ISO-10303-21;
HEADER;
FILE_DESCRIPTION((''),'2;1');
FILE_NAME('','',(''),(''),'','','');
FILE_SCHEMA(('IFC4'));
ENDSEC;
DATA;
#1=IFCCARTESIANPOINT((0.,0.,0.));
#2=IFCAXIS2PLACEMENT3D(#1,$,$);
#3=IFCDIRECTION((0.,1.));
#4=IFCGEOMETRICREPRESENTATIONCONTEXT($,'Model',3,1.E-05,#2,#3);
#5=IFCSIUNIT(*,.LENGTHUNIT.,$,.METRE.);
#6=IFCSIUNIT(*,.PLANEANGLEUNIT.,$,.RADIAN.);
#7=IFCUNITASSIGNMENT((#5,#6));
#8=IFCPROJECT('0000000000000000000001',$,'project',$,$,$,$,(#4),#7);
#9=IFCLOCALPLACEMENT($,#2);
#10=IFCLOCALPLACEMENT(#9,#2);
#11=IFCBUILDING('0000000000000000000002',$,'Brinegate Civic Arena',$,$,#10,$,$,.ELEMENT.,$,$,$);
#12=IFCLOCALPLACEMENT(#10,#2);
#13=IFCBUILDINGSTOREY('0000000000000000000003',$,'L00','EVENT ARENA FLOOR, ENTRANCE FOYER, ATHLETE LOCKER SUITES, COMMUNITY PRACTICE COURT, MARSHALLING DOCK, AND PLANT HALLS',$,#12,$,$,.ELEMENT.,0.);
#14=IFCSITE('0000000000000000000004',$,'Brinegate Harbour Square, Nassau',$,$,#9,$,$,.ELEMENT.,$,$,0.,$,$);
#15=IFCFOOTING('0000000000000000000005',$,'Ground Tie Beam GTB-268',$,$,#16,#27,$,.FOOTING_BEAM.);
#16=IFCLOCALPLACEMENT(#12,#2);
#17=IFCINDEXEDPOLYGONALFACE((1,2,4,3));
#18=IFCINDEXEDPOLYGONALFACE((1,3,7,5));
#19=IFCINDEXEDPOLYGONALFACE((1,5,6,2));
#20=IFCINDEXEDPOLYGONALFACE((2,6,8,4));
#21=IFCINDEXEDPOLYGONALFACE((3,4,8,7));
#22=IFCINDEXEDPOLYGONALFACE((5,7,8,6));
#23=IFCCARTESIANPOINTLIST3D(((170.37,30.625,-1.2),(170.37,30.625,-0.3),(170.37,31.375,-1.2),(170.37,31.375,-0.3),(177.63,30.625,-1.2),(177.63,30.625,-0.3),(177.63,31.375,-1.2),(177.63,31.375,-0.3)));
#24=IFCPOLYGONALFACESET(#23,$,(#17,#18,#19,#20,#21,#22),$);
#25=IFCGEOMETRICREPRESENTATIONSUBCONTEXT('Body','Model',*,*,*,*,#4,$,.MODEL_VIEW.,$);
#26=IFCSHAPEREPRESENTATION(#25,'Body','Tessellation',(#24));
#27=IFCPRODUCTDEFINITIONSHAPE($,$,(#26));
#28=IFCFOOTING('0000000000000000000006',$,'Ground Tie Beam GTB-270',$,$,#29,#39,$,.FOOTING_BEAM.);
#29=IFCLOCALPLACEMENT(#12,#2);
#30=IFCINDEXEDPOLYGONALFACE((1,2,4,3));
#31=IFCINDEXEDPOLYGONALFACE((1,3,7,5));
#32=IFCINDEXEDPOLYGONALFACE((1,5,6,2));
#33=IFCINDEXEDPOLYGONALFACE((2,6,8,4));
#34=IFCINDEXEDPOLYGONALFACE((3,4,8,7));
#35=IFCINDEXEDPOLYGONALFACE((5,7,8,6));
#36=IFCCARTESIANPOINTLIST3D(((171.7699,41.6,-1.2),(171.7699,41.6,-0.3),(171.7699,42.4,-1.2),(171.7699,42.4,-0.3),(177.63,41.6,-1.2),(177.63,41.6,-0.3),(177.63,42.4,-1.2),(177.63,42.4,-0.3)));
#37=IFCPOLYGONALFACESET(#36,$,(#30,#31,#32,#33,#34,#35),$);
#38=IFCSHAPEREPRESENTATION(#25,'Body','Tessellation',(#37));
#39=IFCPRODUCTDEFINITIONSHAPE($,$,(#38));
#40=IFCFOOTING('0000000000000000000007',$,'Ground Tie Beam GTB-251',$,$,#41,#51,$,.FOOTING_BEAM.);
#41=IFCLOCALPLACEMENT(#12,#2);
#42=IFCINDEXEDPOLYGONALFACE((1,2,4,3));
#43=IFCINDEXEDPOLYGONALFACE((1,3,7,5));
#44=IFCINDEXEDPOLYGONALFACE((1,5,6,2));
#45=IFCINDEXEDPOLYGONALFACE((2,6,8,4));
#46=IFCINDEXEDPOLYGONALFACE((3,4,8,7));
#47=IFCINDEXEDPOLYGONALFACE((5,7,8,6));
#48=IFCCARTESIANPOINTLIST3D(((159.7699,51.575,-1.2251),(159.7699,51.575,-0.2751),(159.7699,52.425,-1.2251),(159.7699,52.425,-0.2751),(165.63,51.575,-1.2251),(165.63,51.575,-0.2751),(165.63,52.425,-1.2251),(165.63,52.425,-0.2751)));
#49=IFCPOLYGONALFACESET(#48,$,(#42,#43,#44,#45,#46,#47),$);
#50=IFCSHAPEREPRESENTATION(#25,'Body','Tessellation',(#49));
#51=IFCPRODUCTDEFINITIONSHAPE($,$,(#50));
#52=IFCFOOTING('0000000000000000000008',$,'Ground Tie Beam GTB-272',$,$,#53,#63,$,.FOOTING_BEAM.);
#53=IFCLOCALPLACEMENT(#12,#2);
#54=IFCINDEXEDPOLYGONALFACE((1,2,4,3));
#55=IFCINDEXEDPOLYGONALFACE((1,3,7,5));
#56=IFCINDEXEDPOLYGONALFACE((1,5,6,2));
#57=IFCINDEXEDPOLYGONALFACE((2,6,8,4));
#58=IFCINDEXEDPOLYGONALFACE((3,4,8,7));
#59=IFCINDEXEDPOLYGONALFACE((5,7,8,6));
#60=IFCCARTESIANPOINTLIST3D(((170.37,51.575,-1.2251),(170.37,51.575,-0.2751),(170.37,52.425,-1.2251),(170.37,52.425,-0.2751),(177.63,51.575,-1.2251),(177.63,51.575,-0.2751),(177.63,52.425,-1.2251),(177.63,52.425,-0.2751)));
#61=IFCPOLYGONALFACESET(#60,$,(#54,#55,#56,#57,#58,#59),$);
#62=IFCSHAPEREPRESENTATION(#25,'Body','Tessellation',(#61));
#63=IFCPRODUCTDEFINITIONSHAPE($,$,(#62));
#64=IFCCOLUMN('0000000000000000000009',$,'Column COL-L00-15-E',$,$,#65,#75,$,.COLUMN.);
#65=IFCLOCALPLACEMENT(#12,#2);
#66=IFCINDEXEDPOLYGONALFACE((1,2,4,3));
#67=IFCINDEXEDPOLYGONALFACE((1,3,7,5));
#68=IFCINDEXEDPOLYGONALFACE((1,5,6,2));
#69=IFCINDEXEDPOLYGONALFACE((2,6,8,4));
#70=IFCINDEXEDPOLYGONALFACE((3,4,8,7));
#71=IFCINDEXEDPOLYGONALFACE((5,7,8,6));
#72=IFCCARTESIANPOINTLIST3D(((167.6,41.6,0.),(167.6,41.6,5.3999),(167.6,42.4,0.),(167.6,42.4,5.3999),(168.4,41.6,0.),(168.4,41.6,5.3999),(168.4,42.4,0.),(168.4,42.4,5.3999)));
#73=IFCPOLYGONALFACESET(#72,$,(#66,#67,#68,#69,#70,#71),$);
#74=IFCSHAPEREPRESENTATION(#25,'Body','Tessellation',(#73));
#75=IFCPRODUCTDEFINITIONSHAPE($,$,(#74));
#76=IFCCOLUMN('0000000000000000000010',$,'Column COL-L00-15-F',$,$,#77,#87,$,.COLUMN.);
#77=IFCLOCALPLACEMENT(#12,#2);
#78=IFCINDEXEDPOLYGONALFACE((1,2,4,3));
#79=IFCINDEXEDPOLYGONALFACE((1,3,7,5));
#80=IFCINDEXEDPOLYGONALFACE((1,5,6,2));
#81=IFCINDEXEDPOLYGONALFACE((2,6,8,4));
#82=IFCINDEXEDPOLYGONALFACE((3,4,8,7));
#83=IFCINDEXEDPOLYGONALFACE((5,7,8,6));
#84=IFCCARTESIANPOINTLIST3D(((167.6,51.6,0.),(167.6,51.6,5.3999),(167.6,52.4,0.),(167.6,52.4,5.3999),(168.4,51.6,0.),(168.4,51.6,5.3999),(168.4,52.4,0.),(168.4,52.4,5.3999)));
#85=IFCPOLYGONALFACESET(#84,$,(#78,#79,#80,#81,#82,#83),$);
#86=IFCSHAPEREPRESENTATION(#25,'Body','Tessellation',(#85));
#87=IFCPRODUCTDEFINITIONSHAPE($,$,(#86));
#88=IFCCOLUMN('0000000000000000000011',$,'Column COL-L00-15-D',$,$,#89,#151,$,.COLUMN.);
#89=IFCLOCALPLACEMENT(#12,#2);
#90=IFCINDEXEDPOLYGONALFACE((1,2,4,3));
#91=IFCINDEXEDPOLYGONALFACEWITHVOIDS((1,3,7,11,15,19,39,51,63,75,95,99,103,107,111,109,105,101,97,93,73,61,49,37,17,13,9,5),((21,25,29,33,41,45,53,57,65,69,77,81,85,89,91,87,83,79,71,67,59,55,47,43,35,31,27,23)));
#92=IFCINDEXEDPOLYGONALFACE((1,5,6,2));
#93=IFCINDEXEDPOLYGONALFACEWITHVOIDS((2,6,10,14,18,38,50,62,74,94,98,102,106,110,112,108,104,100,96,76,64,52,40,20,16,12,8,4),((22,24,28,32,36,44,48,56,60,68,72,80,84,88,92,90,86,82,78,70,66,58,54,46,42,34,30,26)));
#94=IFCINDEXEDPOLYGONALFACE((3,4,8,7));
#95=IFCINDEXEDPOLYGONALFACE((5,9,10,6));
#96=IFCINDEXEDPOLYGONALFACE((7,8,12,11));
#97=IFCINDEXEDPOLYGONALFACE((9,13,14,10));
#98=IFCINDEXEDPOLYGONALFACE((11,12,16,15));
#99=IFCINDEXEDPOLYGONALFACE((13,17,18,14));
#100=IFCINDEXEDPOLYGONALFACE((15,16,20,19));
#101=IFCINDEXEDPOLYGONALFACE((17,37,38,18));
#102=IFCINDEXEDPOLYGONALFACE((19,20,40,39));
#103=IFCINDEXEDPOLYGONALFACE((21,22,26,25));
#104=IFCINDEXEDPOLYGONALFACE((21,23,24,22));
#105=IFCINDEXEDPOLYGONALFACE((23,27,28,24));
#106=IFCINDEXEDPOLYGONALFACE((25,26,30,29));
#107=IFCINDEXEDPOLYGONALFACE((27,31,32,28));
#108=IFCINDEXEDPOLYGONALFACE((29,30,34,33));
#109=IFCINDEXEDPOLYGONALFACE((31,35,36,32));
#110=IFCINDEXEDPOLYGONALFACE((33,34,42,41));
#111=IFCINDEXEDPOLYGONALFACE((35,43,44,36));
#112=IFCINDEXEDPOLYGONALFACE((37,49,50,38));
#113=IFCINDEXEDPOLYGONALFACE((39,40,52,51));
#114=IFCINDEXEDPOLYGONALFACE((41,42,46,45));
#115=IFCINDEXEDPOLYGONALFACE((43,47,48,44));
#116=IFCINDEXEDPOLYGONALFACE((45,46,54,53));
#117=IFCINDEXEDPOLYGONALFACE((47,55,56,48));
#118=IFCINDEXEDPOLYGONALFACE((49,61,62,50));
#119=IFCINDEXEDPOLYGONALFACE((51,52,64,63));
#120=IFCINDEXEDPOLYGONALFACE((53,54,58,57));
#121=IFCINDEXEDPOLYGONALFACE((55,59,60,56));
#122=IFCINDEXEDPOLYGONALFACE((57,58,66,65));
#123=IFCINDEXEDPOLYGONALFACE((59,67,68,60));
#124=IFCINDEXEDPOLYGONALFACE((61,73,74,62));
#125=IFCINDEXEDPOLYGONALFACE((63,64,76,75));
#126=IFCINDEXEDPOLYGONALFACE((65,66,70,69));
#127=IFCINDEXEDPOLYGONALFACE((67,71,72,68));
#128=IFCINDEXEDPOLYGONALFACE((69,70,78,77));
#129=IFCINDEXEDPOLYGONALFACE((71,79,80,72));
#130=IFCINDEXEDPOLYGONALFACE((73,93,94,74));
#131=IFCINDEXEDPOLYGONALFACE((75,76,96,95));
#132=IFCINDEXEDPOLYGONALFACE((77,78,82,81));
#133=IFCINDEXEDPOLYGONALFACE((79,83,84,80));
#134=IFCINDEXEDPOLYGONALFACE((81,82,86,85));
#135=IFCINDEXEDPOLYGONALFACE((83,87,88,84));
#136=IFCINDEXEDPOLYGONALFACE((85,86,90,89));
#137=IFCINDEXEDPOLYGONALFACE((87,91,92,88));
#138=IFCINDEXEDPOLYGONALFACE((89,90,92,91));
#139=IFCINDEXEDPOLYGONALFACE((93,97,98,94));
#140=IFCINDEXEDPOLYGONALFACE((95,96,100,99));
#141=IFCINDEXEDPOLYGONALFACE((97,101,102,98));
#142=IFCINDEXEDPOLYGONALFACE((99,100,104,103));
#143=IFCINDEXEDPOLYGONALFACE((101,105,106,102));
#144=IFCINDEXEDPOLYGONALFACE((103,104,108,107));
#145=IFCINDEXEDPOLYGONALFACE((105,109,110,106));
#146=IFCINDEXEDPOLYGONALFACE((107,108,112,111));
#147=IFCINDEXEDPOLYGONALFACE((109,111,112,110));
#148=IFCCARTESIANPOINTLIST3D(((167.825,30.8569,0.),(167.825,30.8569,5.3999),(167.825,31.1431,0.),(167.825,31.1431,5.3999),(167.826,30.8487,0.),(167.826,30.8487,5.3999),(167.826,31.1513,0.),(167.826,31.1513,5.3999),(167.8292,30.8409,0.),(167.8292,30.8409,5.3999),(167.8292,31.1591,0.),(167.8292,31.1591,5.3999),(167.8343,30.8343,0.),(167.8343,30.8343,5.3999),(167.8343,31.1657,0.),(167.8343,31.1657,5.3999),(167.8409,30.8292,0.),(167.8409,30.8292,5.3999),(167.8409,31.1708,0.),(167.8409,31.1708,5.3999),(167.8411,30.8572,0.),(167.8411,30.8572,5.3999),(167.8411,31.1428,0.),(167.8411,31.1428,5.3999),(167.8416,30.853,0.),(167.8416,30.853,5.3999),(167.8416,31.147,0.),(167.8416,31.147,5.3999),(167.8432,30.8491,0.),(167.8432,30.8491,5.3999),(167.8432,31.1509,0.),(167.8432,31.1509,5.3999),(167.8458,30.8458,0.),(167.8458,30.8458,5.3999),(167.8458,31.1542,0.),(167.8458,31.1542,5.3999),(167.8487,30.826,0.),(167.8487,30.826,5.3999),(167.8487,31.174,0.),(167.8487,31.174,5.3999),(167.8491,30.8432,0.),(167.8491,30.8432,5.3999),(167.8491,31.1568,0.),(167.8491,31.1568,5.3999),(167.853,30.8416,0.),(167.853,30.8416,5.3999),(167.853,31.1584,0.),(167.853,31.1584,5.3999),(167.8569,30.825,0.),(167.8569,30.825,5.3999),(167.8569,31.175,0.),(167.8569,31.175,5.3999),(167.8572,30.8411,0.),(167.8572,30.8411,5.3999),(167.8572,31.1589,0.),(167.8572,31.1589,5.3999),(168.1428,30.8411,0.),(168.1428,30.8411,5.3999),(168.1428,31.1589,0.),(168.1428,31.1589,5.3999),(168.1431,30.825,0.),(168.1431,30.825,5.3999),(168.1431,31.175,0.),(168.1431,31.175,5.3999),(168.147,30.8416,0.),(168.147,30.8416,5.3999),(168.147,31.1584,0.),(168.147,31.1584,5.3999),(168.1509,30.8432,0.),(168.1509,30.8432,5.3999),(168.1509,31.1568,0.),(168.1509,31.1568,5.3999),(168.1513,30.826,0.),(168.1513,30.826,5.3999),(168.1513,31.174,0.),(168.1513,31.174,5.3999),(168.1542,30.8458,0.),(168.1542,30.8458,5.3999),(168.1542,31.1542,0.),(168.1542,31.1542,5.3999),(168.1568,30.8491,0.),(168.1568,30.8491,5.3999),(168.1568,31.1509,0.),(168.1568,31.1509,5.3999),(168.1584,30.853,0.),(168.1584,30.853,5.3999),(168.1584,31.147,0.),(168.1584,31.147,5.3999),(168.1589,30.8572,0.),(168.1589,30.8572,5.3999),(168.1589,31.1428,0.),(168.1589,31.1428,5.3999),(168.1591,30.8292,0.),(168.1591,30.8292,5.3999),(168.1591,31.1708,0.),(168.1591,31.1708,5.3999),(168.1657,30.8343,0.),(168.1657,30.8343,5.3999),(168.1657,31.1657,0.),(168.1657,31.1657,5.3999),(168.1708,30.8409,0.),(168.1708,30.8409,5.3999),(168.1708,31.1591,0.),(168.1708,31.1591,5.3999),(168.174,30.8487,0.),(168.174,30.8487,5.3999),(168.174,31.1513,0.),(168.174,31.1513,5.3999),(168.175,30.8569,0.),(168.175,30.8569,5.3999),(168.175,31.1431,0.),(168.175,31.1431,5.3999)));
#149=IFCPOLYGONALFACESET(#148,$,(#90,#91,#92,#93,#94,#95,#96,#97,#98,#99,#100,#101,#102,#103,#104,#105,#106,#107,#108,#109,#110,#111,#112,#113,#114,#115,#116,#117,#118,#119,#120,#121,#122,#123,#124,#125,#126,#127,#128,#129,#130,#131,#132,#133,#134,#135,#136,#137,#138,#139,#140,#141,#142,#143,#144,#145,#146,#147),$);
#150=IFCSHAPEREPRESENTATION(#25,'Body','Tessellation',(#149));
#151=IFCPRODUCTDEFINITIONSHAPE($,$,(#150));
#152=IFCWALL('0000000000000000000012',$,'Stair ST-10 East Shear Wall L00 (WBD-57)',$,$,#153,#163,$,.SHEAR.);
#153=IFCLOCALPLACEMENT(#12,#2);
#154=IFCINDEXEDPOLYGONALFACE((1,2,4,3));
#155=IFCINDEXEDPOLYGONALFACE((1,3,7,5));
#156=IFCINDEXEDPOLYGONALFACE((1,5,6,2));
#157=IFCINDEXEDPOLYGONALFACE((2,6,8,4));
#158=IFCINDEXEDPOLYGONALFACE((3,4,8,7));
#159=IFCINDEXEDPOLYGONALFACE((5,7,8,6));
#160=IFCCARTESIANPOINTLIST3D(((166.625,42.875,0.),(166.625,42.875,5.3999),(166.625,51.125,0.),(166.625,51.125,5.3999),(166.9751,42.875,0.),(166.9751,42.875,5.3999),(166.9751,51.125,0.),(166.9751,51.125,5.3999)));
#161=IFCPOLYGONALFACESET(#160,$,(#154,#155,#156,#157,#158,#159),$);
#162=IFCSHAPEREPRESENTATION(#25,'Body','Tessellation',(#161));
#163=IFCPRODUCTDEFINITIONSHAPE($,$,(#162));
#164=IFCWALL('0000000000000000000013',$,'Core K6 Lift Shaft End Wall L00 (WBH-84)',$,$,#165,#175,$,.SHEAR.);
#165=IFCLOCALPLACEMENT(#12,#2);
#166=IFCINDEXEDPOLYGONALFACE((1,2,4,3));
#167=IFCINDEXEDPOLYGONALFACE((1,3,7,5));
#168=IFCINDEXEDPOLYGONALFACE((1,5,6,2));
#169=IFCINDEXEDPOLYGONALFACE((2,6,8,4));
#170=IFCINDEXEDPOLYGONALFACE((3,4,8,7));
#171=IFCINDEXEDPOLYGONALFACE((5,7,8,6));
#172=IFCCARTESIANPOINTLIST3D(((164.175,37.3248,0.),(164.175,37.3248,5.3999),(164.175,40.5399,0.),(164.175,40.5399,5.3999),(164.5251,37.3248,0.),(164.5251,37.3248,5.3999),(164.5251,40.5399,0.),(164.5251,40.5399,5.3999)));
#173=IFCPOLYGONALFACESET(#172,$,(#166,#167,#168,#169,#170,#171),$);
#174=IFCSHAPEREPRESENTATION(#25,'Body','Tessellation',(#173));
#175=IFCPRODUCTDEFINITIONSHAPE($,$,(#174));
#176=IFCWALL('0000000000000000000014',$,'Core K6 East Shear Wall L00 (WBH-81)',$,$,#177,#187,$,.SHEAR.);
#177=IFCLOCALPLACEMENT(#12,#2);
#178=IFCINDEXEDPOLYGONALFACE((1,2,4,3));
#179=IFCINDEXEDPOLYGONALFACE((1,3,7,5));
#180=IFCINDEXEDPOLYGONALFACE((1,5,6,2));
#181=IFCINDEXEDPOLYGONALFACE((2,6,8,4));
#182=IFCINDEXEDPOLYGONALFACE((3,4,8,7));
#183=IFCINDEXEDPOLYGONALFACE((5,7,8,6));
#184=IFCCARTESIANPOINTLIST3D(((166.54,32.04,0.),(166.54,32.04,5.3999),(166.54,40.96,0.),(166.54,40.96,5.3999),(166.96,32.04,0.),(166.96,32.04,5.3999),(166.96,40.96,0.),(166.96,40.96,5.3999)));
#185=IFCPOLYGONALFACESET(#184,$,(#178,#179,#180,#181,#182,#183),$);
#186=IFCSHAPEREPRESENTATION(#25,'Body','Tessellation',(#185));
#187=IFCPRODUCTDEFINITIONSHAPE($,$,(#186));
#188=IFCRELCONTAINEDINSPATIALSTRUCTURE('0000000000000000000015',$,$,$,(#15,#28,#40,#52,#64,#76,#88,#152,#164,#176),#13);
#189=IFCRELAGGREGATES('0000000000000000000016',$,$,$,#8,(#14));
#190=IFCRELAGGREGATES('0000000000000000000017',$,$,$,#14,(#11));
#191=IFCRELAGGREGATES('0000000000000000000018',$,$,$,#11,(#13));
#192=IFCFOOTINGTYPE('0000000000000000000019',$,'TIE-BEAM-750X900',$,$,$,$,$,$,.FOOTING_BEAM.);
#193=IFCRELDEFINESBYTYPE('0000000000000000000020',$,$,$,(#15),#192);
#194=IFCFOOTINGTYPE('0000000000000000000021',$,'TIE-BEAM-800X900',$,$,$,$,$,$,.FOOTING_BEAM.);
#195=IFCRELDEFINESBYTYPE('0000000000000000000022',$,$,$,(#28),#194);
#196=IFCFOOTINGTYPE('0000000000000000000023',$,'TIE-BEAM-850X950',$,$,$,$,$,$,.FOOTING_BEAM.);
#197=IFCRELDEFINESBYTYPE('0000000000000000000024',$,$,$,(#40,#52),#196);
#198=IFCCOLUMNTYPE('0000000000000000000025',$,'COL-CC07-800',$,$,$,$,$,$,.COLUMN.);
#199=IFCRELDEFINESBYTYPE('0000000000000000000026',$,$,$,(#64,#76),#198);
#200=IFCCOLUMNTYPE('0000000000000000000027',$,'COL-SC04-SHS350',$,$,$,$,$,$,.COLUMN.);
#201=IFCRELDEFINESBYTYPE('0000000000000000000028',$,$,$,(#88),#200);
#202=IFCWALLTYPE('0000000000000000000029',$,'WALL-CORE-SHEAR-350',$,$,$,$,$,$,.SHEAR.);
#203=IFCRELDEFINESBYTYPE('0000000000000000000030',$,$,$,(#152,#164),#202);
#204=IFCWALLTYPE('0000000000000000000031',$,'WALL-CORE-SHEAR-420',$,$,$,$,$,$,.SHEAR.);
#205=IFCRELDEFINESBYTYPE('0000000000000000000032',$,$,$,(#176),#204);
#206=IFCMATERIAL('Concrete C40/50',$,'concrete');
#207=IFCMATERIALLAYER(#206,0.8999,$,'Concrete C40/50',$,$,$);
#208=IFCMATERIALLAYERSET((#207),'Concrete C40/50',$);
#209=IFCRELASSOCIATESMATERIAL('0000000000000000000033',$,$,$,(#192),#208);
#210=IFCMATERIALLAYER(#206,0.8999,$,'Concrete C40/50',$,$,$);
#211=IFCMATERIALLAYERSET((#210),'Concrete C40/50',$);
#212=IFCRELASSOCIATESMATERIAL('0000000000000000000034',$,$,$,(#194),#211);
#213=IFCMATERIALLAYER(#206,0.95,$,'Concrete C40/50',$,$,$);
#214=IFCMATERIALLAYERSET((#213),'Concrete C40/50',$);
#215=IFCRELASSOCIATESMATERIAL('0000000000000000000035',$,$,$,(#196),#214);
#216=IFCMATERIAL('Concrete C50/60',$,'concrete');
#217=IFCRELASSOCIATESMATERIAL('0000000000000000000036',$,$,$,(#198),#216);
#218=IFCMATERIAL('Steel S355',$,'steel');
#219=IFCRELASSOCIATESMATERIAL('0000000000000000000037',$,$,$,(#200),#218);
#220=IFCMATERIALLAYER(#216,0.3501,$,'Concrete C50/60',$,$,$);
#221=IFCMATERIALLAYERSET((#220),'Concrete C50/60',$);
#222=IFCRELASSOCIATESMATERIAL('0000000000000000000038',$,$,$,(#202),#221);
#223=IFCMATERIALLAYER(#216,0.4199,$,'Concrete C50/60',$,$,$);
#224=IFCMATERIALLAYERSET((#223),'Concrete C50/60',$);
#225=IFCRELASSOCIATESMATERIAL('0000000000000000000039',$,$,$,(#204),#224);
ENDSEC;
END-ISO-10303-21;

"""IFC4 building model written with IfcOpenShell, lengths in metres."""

from ifc_helpers import new_model, si_unit, direction, frame, frame_2d, origin, origin_2d, place, context, subcontext, project, spatial, rectangle, hollow_rectangle, extrude, material, layer, layer_set, material_profile, profile_set, type_object, element, save


model = new_model("IFC4")

# Units and contexts
model_context = context("Model", 3, precision=1e-05, world=origin(), true_north=direction((0.0, 1.0)))
body_context = subcontext(model_context, "Body", "Model", "MODEL_VIEW")
ifc_project = project(units=[si_unit("LENGTHUNIT", "METRE"), si_unit("PLANEANGLEUNIT", "RADIAN")], contexts=[model_context])

# Site, building, storey
site_placement = place(None, origin())
site = spatial("IfcSite", under=ifc_project, at=site_placement, Name="Brinegate Harbour Square, Nassau", CompositionType="ELEMENT", RefElevation=0.0)
building_placement = place(site_placement, origin())
building = spatial("IfcBuilding", under=site, at=building_placement, Name="Brinegate Civic Arena", CompositionType="ELEMENT")
storey_placement = place(building_placement, origin())
storey = spatial("IfcBuildingStorey", under=building, at=storey_placement, Name="L00", Description="EVENT ARENA FLOOR, ENTRANCE FOYER, ATHLETE LOCKER SUITES, COMMUNITY PRACTICE COURT, MARSHALLING DOCK, AND PLANT HALLS", CompositionType="ELEMENT", Elevation=0.0)

# Shared definitions
ifc_material_1 = material(Name="Concrete C40/50", Category="concrete")

# Footings
ifc_layer_1 = layer(ifc_material_1, 0.8999, Name="Concrete C40/50")
ifc_layer_set_1 = layer_set([ifc_layer_1], Name="Concrete C40/50")
footing_type_1 = type_object("IfcFootingType", Name="TIE-BEAM-750X900", PredefinedType="FOOTING_BEAM", material=ifc_layer_set_1)
footing_1_placement = place(storey_placement, frame((174.0, 31.0, -1.2), z_axis=(0.0, 0.0, 1.0), x_axis=(1.0, 0.0, 0.0)))
element("IfcFooting", 1, at=footing_1_placement, inside=storey, type_object=footing_type_1, Name="Ground Tie Beam GTB-268", PredefinedType="FOOTING_BEAM", context=body_context, shape_type="SweptSolid", body=[
    extrude(rectangle(XDim=7.26, YDim=0.75, at=origin_2d()), origin(), (0.0, 0.0, 1.0), 0.8999),
])
ifc_layer_2 = layer(ifc_material_1, 0.8999, Name="Concrete C40/50")
ifc_layer_set_2 = layer_set([ifc_layer_2], Name="Concrete C40/50")
footing_type_2 = type_object("IfcFootingType", Name="TIE-BEAM-800X900", PredefinedType="FOOTING_BEAM", material=ifc_layer_set_2)
footing_2_placement = place(storey_placement, frame((174.7, 42.0, -1.2), z_axis=(0.0, 0.0, 1.0), x_axis=(1.0, 0.0, 0.0)))
element("IfcFooting", 2, at=footing_2_placement, inside=storey, type_object=footing_type_2, Name="Ground Tie Beam GTB-270", PredefinedType="FOOTING_BEAM", context=body_context, shape_type="SweptSolid", body=[
    extrude(rectangle(XDim=5.8601, YDim=0.8, at=origin_2d()), origin(), (0.0, 0.0, 1.0), 0.8999),
])
ifc_layer_3 = layer(ifc_material_1, 0.95, Name="Concrete C40/50")
ifc_layer_set_3 = layer_set([ifc_layer_3], Name="Concrete C40/50")
footing_type_3 = type_object("IfcFootingType", Name="TIE-BEAM-850X950", PredefinedType="FOOTING_BEAM", material=ifc_layer_set_3)
footing_3_placement = place(storey_placement, frame((162.7, 52.0, -1.2251), z_axis=(0.0, 0.0, 1.0), x_axis=(1.0, 0.0, 0.0)))
element("IfcFooting", 3, at=footing_3_placement, inside=storey, type_object=footing_type_3, Name="Ground Tie Beam GTB-251", PredefinedType="FOOTING_BEAM", context=body_context, shape_type="SweptSolid", body=[
    extrude(rectangle(XDim=5.8601, YDim=0.8501, at=origin_2d()), origin(), (0.0, 0.0, 1.0), 0.95),
])
footing_4_placement = place(storey_placement, frame((174.0, 52.0, -1.2251), z_axis=(0.0, 0.0, 1.0), x_axis=(1.0, 0.0, 0.0)))
element("IfcFooting", 4, at=footing_4_placement, inside=storey, type_object=footing_type_3, Name="Ground Tie Beam GTB-272", PredefinedType="FOOTING_BEAM", context=body_context, shape_type="SweptSolid", body=[
    extrude(rectangle(XDim=7.26, YDim=0.8501, at=origin_2d()), origin(), (0.0, 0.0, 1.0), 0.95),
])

# Columns
ifc_material_2 = material(Name="Concrete C50/60", Category="concrete")
ifc_material_profile_1 = material_profile(ifc_material_2, rectangle(XDim=0.8, YDim=0.8, at=origin_2d()), Name="RC800X800")
ifc_profile_set_1 = profile_set([ifc_material_profile_1], Name="Concrete C50/60")
column_type_1 = type_object("IfcColumnType", Name="COL-CC07-800", PredefinedType="COLUMN", material=ifc_profile_set_1)
for number, where, z_axis, x_axis, name in (
    (5, (168.0, 42.0, 0.0), (0.0, 0.0, 1.0), (1.0, 0.0, 0.0), "Column COL-L00-15-E"),
    (6, (168.0, 52.0, 0.0), (0.0, 0.0, 1.0), (1.0, 0.0, 0.0), "Column COL-L00-15-F"),
):
    element("IfcColumn", number, at=place(storey_placement, frame(where, z_axis=z_axis, x_axis=x_axis)), inside=storey, type_object=column_type_1, Name=name, PredefinedType="COLUMN", context=body_context, shape_type="SweptSolid", body=[
        extrude(rectangle(XDim=0.8, YDim=0.8, at=origin_2d()), origin(), (0.0, 0.0, 1.0), 5.3999),
    ])
ifc_material_3 = material(Name="Steel S355", Category="steel")
ifc_material_profile_2 = material_profile(ifc_material_3, hollow_rectangle(XDim=0.3501, YDim=0.3501, WallThickness=0.0161, InnerFilletRadius=0.0161, OuterFilletRadius=0.032, at=origin_2d()), Name="SHS350X16")
ifc_profile_set_2 = profile_set([ifc_material_profile_2], Name="Steel S355")
column_type_2 = type_object("IfcColumnType", Name="COL-SC04-SHS350", PredefinedType="COLUMN", material=ifc_profile_set_2)
column_placement = place(storey_placement, frame((168.0, 31.0, 0.0), z_axis=(0.0, 0.0, 1.0), x_axis=(1.0, 0.0, 0.0)))
element("IfcColumn", 7, at=column_placement, inside=storey, type_object=column_type_2, Name="Column COL-L00-15-D", PredefinedType="COLUMN", context=body_context, shape_type="SweptSolid", body=[
    extrude(hollow_rectangle(XDim=0.3501, YDim=0.3501, WallThickness=0.0161, InnerFilletRadius=0.0161, OuterFilletRadius=0.032, at=origin_2d()), origin(), (0.0, 0.0, 1.0), 5.3999),
])

# Walls
ifc_layer_4 = layer(ifc_material_2, 0.3501, Name="Concrete C50/60")
ifc_layer_set_4 = layer_set([ifc_layer_4], Name="Concrete C50/60")
wall_type_1 = type_object("IfcWallType", Name="WALL-CORE-SHEAR-350", PredefinedType="SHEAR", material=ifc_layer_set_4)
wall_1_placement = place(storey_placement, frame((166.8, 42.875, 0.0), z_axis=(0.0, 0.0, 1.0), x_axis=(0.0, 1.0, 0.0)))
element("IfcWall", 8, at=wall_1_placement, inside=storey, type_object=wall_type_1, Name="Stair ST-10 East Shear Wall L00 (WBD-57)", PredefinedType="SHEAR", context=body_context, shape_type="SweptSolid", body=[
    extrude(rectangle(XDim=8.25, YDim=0.3501, at=frame_2d((4.125, 0.0))), origin(), (0.0, 0.0, 1.0), 5.3999),
])
wall_2_placement = place(storey_placement, frame((164.3501, 37.325, 0.0), z_axis=(0.0, 0.0, 1.0), x_axis=(0.0, 1.0, 0.0)))
element("IfcWall", 9, at=wall_2_placement, inside=storey, type_object=wall_type_1, Name="Core K6 Lift Shaft End Wall L00 (WBH-84)", PredefinedType="SHEAR", context=body_context, shape_type="SweptSolid", body=[
    extrude(rectangle(XDim=3.2151, YDim=0.3501, at=frame_2d((1.6074, 0.0))), origin(), (0.0, 0.0, 1.0), 5.3999),
])
ifc_layer_5 = layer(ifc_material_2, 0.4199, Name="Concrete C50/60")
ifc_layer_set_5 = layer_set([ifc_layer_5], Name="Concrete C50/60")
wall_type_2 = type_object("IfcWallType", Name="WALL-CORE-SHEAR-420", PredefinedType="SHEAR", material=ifc_layer_set_5)
wall_3_placement = place(storey_placement, frame((166.75, 32.04, 0.0), z_axis=(0.0, 0.0, 1.0), x_axis=(0.0, 1.0, 0.0)))
element("IfcWall", 10, at=wall_3_placement, inside=storey, type_object=wall_type_2, Name="Core K6 East Shear Wall L00 (WBH-81)", PredefinedType="SHEAR", context=body_context, shape_type="SweptSolid", body=[
    extrude(rectangle(XDim=8.9199, YDim=0.4199, at=frame_2d((4.46, 0.0))), origin(), (0.0, 0.0, 1.0), 5.3999),
])

save(model, "model.ifc")
